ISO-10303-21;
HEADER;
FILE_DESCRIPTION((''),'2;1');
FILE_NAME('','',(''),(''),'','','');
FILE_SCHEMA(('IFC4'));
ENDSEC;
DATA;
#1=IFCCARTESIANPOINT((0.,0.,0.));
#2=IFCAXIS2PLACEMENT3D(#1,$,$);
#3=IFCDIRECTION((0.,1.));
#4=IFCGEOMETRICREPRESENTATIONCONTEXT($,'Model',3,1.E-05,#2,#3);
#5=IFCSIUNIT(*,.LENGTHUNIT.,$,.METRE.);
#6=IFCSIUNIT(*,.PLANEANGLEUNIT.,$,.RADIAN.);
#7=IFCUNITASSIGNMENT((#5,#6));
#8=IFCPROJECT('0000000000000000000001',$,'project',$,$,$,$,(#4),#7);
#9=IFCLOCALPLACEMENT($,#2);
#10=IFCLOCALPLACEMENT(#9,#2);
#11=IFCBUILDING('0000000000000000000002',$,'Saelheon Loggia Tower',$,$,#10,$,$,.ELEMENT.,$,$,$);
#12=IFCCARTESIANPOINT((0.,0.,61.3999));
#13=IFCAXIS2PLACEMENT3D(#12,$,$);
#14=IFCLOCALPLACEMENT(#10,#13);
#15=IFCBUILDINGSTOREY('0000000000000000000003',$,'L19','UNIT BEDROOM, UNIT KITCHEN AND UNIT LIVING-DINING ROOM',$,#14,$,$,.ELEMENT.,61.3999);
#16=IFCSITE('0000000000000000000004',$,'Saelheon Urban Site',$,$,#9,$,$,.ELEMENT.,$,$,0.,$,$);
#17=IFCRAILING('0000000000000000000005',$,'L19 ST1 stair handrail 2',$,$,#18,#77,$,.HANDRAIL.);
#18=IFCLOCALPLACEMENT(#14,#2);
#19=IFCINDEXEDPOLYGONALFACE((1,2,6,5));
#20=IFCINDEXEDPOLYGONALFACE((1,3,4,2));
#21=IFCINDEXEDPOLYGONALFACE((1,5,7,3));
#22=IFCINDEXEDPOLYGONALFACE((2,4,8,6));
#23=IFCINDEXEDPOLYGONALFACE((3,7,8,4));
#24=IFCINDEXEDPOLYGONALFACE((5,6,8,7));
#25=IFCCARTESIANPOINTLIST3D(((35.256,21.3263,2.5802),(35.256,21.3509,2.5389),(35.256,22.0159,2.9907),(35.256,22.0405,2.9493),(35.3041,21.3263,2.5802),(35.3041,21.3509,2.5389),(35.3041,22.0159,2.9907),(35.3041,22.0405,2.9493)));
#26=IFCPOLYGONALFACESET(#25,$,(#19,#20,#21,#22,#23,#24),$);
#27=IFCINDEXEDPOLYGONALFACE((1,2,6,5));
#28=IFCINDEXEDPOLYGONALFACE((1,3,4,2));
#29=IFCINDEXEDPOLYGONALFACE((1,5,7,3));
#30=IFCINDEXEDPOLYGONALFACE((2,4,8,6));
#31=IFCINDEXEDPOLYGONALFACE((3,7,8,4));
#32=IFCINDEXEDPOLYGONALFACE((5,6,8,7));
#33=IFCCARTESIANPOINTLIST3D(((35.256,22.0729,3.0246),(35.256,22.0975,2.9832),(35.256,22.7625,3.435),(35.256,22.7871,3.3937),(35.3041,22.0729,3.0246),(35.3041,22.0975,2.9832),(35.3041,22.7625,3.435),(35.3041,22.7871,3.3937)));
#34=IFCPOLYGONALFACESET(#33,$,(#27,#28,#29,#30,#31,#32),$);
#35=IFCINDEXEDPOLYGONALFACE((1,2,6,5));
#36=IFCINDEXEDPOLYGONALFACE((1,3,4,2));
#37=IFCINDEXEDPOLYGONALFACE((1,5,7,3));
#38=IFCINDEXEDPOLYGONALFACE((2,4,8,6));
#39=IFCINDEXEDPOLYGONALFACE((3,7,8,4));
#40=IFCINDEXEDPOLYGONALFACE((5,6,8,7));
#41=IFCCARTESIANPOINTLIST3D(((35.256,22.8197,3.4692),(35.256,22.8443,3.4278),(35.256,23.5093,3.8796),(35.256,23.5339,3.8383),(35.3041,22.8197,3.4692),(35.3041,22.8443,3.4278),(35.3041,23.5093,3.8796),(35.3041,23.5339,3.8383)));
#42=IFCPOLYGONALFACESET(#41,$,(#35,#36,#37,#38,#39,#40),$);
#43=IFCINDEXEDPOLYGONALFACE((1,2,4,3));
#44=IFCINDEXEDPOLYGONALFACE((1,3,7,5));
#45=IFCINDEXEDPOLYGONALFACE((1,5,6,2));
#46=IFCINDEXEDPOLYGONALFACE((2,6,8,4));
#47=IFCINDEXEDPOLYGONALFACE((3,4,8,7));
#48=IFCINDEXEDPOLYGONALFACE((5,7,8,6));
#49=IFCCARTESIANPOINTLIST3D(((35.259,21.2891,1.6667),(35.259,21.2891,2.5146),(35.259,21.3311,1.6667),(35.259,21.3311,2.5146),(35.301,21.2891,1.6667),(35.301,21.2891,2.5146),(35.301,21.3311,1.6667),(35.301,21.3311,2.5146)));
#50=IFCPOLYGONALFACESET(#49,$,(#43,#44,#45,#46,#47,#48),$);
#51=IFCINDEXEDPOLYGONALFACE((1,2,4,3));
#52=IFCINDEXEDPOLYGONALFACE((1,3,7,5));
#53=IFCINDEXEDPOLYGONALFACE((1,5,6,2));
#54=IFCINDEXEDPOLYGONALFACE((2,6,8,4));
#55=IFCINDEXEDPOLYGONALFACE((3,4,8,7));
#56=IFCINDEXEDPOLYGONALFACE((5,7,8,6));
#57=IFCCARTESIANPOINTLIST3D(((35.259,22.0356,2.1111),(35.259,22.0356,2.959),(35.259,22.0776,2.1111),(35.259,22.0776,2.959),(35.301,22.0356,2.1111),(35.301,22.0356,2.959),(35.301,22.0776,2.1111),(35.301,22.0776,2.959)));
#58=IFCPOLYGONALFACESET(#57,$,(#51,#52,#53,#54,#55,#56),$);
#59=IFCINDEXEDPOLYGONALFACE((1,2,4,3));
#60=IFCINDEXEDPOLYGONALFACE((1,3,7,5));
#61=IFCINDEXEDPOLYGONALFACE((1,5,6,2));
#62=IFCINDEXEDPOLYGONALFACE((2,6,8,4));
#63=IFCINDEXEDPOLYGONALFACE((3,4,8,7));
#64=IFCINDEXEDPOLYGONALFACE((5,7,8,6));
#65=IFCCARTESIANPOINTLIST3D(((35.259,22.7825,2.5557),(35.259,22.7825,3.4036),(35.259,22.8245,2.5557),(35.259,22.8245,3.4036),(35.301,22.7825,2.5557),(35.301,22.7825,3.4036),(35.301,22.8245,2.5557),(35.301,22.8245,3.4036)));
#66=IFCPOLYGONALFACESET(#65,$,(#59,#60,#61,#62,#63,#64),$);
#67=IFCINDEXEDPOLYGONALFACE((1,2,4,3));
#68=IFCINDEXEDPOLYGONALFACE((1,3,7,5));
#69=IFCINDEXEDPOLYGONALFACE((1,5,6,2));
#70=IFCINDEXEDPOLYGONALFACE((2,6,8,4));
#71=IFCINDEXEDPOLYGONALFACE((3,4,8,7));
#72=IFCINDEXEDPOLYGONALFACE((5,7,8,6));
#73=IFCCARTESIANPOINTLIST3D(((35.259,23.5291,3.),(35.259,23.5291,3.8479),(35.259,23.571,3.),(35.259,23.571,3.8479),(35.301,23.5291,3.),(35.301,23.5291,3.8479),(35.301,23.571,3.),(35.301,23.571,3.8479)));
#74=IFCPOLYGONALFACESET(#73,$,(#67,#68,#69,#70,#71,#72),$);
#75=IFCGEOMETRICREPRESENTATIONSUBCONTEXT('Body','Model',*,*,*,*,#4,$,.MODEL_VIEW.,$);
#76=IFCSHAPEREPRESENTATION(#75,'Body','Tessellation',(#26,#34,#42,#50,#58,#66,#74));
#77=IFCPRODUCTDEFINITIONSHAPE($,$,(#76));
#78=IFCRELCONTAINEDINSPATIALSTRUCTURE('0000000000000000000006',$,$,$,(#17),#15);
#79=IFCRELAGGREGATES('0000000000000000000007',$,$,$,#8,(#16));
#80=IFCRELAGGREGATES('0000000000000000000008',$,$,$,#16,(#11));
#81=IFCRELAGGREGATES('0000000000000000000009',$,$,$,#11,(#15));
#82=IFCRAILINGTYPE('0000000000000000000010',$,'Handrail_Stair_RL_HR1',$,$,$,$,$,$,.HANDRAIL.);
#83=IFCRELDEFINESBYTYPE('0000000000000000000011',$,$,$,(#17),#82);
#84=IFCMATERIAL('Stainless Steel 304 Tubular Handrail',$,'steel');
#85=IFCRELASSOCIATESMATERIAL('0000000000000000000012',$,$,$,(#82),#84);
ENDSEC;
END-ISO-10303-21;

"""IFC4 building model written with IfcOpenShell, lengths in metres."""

from ifc_helpers import new_model, si_unit, direction, frame, origin, origin_2d, place, context, subcontext, project, spatial, rectangle, extrude, material, type_object, element, save


model = new_model("IFC4")

# Units and contexts
model_context = context("Model", 3, precision=1e-05, world=origin(), true_north=direction((0.0, 1.0)))
body_context = subcontext(model_context, "Body", "Model", "MODEL_VIEW")
ifc_project = project(units=[si_unit("LENGTHUNIT", "METRE"), si_unit("PLANEANGLEUNIT", "RADIAN")], contexts=[model_context])

# Site, building, storey
site_placement = place(None, origin())
site = spatial("IfcSite", under=ifc_project, at=site_placement, Name="Saelheon Urban Site", CompositionType="ELEMENT", RefElevation=0.0)
building_placement = place(site_placement, origin())
building = spatial("IfcBuilding", under=site, at=building_placement, Name="Saelheon Loggia Tower", CompositionType="ELEMENT")
storey_placement = place(building_placement, frame((0.0, 0.0, 61.3999)))
storey = spatial("IfcBuildingStorey", under=building, at=storey_placement, Name="L19", Description="UNIT BEDROOM, UNIT KITCHEN AND UNIT LIVING-DINING ROOM", CompositionType="ELEMENT", Elevation=61.3999)

# Railing
ifc_material_1 = material(Name="Stainless Steel 304 Tubular Handrail", Category="steel")
railing_type = type_object("IfcRailingType", Name="Handrail_Stair_RL_HR1", PredefinedType="HANDRAIL", material=ifc_material_1)
railing_placement = place(storey_placement, frame((35.28, 21.3101, 1.6667)))
element("IfcRailing", 1, at=railing_placement, inside=storey, type_object=railing_type, Name="L19 ST1 stair handrail 2", PredefinedType="HANDRAIL", context=body_context, shape_type="SweptSolid", body=[
    extrude(rectangle(XDim=0.0481, YDim=0.0481, at=origin_2d()), frame((0.0, 0.0286, 0.8928), z_axis=(0.0, 0.859306, 0.511462), x_axis=(-1.0, 0.0, 0.0)), (0.0, 0.0, 1.0), 0.8025),
    extrude(rectangle(XDim=0.0481, YDim=0.0481, at=origin_2d()), frame((0.0, 0.7751, 1.3372), z_axis=(0.0, 0.859306, 0.511462), x_axis=(-1.0, 0.0, 0.0)), (0.0, 0.0, 1.0), 0.8025),
    extrude(rectangle(XDim=0.0481, YDim=0.0481, at=origin_2d()), frame((0.0, 1.522, 1.7817), z_axis=(0.0, 0.859306, 0.511462), x_axis=(-1.0, 0.0, 0.0)), (0.0, 0.0, 1.0), 0.8025),
    extrude(rectangle(XDim=0.042, YDim=0.042, at=origin_2d()), origin(), (0.0, 0.0, 1.0), 0.8479),
    extrude(rectangle(XDim=0.042, YDim=0.042, at=origin_2d()), frame((0.0, 0.7466, 0.4443)), (0.0, 0.0, 1.0), 0.8479),
    extrude(rectangle(XDim=0.042, YDim=0.042, at=origin_2d()), frame((0.0, 1.4934, 0.8889)), (0.0, 0.0, 1.0), 0.8479),
    extrude(rectangle(XDim=0.042, YDim=0.042, at=origin_2d()), frame((0.0, 2.24, 1.3333)), (0.0, 0.0, 1.0), 0.8479),
])

save(model, "model.ifc")
